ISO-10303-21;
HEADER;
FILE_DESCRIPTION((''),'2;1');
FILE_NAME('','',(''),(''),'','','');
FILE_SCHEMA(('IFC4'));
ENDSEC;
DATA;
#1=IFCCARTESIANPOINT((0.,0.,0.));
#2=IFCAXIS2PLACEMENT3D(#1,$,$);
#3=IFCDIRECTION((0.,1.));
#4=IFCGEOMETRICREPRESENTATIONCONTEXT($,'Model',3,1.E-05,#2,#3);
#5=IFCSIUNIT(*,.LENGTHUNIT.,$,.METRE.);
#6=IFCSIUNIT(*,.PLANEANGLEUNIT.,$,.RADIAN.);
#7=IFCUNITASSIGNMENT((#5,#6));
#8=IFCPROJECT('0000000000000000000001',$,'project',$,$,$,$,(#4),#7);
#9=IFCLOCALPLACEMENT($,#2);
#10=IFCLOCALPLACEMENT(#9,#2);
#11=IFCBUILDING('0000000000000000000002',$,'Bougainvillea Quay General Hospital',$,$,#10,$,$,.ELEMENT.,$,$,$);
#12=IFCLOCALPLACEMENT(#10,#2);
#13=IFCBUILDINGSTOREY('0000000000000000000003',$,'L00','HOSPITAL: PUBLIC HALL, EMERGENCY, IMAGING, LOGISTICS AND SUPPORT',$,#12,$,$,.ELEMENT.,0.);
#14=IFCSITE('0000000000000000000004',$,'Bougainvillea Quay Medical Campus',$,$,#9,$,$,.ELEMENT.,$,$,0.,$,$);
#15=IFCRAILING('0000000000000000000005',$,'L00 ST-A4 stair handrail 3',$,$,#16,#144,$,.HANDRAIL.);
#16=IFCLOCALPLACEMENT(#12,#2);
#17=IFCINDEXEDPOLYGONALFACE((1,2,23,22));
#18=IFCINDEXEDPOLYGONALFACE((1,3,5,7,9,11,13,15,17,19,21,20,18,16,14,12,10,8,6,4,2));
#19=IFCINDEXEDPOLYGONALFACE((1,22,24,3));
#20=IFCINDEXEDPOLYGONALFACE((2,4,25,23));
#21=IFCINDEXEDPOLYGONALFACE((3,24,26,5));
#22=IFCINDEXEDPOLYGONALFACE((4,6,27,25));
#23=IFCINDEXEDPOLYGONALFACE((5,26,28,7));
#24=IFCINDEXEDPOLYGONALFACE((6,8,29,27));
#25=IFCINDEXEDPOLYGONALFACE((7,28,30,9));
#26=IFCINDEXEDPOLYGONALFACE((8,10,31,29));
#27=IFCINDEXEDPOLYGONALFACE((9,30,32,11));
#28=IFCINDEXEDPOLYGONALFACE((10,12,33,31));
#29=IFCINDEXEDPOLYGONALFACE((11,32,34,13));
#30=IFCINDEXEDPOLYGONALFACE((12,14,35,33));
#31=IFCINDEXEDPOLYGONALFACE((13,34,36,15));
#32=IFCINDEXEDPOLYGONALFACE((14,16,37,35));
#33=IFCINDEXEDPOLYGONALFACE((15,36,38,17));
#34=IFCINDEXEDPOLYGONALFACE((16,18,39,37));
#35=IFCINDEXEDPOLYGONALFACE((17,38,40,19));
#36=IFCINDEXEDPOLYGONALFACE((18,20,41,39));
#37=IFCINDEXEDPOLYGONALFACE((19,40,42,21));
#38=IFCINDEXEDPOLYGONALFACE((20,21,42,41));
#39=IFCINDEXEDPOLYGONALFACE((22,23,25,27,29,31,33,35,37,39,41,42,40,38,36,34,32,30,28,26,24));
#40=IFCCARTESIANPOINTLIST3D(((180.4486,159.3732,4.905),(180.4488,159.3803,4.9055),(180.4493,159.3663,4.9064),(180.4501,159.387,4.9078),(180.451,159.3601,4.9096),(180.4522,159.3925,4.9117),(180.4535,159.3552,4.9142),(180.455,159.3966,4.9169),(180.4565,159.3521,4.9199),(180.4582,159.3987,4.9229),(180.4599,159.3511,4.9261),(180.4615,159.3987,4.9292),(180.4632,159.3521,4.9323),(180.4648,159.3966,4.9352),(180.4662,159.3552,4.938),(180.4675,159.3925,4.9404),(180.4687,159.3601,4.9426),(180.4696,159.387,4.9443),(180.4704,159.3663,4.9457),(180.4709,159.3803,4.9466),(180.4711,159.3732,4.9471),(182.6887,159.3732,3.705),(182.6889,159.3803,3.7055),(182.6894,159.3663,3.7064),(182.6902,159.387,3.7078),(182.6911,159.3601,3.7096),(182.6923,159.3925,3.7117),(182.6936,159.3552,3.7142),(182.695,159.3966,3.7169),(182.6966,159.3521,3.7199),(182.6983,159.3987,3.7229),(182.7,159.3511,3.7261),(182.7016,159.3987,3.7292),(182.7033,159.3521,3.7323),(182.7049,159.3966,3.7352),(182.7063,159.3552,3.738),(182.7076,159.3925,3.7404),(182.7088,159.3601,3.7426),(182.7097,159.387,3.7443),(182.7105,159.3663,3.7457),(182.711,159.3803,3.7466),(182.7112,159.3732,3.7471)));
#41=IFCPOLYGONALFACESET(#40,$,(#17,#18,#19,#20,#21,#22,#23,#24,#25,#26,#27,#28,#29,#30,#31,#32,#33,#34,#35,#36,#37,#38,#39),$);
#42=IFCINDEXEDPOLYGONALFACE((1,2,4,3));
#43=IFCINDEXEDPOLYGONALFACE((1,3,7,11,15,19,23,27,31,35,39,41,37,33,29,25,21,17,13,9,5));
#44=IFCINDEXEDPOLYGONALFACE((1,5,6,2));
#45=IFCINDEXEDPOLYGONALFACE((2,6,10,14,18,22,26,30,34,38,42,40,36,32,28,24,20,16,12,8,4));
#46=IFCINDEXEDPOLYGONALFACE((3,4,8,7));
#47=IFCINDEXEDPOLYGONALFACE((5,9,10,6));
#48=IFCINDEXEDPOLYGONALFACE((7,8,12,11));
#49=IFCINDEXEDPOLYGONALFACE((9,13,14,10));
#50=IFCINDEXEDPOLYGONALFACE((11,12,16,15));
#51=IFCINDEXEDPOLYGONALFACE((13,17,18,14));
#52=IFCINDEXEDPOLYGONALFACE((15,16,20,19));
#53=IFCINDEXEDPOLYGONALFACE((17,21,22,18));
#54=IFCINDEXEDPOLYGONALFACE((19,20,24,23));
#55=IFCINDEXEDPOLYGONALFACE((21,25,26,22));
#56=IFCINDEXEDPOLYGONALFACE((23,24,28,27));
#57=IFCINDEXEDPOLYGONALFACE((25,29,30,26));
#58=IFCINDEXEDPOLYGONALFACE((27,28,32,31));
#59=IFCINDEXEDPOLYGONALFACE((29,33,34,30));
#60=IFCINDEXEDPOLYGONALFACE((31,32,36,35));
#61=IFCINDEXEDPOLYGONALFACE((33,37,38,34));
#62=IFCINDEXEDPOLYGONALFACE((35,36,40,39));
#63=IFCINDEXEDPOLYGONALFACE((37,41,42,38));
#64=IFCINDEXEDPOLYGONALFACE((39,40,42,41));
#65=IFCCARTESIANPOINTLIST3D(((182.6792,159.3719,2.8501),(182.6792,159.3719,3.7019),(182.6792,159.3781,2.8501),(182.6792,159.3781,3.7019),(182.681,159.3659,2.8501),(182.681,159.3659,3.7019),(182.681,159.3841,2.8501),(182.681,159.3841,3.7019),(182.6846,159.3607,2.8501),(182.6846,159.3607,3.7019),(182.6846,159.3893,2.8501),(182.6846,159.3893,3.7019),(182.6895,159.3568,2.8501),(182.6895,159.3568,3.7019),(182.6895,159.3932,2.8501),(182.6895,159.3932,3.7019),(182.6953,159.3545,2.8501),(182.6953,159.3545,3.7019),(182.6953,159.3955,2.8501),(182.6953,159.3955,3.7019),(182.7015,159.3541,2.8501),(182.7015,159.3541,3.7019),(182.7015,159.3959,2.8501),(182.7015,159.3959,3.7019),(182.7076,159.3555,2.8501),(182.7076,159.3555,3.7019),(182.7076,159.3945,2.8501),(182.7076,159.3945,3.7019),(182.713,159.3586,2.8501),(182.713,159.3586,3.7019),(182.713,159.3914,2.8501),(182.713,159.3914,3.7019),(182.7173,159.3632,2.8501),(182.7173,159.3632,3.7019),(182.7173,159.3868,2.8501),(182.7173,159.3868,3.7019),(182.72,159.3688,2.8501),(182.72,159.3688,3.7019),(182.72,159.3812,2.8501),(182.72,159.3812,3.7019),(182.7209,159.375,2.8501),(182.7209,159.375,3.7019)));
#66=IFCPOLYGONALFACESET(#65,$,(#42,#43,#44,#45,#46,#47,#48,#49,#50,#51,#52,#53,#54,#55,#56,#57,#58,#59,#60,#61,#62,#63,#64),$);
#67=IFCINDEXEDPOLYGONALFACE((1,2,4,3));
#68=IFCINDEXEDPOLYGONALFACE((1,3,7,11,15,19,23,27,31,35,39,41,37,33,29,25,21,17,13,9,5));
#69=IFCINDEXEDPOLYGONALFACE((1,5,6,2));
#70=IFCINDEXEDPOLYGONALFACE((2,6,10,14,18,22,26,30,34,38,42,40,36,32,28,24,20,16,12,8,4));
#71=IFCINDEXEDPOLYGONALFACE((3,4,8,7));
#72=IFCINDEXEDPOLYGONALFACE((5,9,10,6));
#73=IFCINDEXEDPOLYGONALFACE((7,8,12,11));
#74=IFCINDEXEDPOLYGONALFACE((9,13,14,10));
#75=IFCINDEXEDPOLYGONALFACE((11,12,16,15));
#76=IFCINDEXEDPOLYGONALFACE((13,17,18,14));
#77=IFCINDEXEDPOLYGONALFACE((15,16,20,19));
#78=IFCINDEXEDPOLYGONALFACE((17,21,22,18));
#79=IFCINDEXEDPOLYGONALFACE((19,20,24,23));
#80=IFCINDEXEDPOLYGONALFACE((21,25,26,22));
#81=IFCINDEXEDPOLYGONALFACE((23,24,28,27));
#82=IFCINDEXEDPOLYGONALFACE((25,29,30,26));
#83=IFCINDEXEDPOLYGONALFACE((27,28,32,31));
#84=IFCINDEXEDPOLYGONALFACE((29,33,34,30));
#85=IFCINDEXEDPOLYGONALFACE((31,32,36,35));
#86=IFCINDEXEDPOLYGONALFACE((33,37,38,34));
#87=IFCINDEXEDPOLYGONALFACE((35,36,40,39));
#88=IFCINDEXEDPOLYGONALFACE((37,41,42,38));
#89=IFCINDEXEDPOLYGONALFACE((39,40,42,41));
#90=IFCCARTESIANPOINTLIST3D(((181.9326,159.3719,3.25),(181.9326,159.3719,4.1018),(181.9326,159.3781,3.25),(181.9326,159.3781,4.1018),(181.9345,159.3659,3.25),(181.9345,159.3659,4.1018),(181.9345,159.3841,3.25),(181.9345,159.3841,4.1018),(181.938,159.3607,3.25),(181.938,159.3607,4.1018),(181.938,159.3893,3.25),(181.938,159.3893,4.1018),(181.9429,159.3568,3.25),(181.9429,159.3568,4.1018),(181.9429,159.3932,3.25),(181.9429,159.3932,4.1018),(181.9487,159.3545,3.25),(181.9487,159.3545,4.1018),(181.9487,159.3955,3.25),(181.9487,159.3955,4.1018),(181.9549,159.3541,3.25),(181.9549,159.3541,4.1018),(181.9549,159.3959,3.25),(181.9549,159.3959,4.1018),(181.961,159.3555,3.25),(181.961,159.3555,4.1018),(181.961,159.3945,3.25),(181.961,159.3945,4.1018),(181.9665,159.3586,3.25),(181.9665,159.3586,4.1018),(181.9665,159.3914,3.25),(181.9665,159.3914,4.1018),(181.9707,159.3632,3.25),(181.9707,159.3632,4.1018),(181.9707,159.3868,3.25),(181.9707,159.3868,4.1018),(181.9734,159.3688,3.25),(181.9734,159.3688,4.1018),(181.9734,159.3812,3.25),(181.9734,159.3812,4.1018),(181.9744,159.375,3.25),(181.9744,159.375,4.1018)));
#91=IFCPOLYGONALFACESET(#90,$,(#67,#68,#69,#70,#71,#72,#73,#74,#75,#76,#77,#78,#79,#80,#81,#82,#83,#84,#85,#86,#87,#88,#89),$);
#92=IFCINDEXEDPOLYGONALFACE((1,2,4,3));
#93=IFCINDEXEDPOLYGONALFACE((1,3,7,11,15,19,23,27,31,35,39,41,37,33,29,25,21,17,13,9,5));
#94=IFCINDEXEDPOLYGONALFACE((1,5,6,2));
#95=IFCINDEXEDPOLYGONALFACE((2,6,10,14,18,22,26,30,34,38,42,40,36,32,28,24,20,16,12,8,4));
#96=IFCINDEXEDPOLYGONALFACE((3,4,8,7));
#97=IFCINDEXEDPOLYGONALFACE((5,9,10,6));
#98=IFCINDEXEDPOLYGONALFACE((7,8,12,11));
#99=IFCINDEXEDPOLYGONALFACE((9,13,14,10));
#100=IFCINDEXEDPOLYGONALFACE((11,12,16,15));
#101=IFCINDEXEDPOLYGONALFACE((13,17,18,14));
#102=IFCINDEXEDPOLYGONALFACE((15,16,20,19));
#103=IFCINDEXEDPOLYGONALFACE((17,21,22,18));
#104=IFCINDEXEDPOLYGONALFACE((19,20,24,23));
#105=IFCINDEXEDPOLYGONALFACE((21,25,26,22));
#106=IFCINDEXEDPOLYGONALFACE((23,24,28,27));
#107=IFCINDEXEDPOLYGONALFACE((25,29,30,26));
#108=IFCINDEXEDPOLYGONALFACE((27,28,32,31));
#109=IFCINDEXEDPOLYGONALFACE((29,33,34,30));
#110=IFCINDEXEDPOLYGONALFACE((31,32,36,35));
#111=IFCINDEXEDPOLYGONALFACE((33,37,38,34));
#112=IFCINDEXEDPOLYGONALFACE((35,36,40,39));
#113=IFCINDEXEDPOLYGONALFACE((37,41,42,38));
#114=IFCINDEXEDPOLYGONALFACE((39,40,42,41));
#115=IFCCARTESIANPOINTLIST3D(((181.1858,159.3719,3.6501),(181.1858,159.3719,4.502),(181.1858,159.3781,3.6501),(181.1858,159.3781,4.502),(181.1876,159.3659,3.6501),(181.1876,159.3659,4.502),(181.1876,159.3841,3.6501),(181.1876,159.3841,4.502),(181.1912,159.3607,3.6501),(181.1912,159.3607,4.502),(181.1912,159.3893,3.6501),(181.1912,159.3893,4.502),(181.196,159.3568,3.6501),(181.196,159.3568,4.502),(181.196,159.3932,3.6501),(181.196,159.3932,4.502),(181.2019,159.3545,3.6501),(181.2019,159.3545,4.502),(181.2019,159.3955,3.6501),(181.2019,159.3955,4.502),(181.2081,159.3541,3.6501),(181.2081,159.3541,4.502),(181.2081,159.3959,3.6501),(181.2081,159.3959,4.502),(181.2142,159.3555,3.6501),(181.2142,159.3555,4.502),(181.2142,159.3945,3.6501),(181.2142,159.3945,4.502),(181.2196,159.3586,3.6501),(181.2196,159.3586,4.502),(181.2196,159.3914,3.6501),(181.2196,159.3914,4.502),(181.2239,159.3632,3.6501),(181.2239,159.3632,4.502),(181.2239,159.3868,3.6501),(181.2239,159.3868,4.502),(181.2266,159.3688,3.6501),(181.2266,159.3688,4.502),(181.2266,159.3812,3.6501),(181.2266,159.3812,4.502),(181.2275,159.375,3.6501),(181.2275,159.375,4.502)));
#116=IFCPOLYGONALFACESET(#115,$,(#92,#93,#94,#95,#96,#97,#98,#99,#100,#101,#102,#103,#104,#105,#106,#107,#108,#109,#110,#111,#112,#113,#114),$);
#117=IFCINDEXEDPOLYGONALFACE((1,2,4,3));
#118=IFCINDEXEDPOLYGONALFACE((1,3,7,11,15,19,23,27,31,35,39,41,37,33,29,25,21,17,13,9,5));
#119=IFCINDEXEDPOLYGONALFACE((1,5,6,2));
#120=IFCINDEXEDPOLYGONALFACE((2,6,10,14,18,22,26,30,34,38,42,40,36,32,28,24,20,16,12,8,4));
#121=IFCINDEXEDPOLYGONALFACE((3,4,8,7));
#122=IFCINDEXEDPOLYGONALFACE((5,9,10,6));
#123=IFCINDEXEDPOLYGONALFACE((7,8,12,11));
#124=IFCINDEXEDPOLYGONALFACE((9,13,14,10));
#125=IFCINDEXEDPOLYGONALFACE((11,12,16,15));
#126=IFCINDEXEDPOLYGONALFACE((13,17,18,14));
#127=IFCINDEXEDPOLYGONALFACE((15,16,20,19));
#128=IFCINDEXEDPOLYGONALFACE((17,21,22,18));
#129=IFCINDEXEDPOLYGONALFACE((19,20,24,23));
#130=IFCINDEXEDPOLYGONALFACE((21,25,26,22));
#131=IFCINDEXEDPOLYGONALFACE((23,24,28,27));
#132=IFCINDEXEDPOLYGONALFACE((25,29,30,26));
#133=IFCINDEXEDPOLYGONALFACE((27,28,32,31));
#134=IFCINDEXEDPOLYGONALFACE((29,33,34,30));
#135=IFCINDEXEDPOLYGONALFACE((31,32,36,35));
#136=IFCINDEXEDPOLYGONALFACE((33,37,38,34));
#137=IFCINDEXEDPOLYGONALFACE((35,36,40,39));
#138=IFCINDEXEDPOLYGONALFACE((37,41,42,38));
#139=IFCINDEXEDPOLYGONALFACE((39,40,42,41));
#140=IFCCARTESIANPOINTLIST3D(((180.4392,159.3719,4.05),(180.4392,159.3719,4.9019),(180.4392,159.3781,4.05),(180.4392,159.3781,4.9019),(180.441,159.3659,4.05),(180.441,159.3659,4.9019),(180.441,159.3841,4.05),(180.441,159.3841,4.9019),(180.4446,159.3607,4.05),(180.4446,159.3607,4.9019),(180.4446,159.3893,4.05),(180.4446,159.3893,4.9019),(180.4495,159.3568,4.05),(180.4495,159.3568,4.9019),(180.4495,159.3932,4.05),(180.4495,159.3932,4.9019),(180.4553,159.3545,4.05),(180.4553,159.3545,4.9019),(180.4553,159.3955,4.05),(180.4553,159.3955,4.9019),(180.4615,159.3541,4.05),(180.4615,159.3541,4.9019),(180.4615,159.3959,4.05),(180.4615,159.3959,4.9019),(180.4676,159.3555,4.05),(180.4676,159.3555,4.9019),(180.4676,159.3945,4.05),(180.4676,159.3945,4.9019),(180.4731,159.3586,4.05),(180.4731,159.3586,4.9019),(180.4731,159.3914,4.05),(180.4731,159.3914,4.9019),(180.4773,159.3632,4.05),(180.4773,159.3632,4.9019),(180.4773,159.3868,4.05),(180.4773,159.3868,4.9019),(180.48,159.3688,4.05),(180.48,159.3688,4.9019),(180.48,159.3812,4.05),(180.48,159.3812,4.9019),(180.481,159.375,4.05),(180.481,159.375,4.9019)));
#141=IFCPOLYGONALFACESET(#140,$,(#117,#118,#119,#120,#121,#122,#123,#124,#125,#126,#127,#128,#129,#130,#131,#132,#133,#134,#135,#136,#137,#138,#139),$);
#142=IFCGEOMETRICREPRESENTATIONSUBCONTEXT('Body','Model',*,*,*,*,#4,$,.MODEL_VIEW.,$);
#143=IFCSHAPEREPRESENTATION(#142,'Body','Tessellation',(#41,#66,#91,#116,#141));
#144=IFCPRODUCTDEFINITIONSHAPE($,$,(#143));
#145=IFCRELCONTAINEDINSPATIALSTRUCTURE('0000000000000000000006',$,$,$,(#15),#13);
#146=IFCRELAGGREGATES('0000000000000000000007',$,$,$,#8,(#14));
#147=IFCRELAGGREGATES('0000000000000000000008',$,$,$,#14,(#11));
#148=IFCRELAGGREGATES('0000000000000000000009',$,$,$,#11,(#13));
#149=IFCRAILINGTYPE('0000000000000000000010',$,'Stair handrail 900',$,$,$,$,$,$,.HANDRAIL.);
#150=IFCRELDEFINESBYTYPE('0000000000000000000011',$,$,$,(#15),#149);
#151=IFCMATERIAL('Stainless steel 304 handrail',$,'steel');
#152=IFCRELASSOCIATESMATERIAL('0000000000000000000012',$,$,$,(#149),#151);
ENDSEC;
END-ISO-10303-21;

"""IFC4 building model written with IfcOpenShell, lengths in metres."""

from ifc_helpers import new_model, si_unit, direction, frame, origin, origin_2d, place, context, subcontext, project, spatial, circle, extrude, material, type_object, element, save


model = new_model("IFC4")

# Units and contexts
model_context = context("Model", 3, precision=1e-05, world=origin(), true_north=direction((0.0, 1.0)))
body_context = subcontext(model_context, "Body", "Model", "MODEL_VIEW")
ifc_project = project(units=[si_unit("LENGTHUNIT", "METRE"), si_unit("PLANEANGLEUNIT", "RADIAN")], contexts=[model_context])

# Site, building, storey
site_placement = place(None, origin())
site = spatial("IfcSite", under=ifc_project, at=site_placement, Name="Bougainvillea Quay Medical Campus", CompositionType="ELEMENT", RefElevation=0.0)
building_placement = place(site_placement, origin())
building = spatial("IfcBuilding", under=site, at=building_placement, Name="Bougainvillea Quay General Hospital", CompositionType="ELEMENT")
storey_placement = place(building_placement, origin())
storey = spatial("IfcBuildingStorey", under=building, at=storey_placement, Name="L00", Description="HOSPITAL: PUBLIC HALL, EMERGENCY, IMAGING, LOGISTICS AND SUPPORT", CompositionType="ELEMENT", Elevation=0.0)

# Railing
ifc_material_1 = material(Name="Stainless steel 304 handrail", Category="steel")
railing_type_1 = type_object("IfcRailingType", Name="Stair handrail 900", PredefinedType="HANDRAIL", material=ifc_material_1)
railing_1_placement = place(storey_placement, frame((182.7, 159.375, 2.8501)))
element("IfcRailing", 1, at=railing_1_placement, inside=storey, type_object=railing_type_1, Name="L00 ST-A4 stair handrail 3", PredefinedType="HANDRAIL", context=body_context, shape_type="SweptSolid", body=[
    extrude(circle(Radius=0.0239, at=origin_2d()), frame((0.0, 0.0, 0.876), z_axis=(-0.881487, 0.0, 0.472208), x_axis=(0.0, -1.0, 0.0)), (0.0, 0.0, 1.0), 2.5413),
    extrude(circle(Radius=0.021, at=origin_2d()), origin(), (0.0, 0.0, 1.0), 0.8518),
    extrude(circle(Radius=0.021, at=origin_2d()), frame((-0.7466, 0.0, 0.3999)), (0.0, 0.0, 1.0), 0.8518),
    extrude(circle(Radius=0.021, at=origin_2d()), frame((-1.4934, 0.0, 0.8)), (0.0, 0.0, 1.0), 0.8518),
    extrude(circle(Radius=0.021, at=origin_2d()), frame((-2.24, 0.0, 1.2)), (0.0, 0.0, 1.0), 0.8518),
])

save(model, "model.ifc")
